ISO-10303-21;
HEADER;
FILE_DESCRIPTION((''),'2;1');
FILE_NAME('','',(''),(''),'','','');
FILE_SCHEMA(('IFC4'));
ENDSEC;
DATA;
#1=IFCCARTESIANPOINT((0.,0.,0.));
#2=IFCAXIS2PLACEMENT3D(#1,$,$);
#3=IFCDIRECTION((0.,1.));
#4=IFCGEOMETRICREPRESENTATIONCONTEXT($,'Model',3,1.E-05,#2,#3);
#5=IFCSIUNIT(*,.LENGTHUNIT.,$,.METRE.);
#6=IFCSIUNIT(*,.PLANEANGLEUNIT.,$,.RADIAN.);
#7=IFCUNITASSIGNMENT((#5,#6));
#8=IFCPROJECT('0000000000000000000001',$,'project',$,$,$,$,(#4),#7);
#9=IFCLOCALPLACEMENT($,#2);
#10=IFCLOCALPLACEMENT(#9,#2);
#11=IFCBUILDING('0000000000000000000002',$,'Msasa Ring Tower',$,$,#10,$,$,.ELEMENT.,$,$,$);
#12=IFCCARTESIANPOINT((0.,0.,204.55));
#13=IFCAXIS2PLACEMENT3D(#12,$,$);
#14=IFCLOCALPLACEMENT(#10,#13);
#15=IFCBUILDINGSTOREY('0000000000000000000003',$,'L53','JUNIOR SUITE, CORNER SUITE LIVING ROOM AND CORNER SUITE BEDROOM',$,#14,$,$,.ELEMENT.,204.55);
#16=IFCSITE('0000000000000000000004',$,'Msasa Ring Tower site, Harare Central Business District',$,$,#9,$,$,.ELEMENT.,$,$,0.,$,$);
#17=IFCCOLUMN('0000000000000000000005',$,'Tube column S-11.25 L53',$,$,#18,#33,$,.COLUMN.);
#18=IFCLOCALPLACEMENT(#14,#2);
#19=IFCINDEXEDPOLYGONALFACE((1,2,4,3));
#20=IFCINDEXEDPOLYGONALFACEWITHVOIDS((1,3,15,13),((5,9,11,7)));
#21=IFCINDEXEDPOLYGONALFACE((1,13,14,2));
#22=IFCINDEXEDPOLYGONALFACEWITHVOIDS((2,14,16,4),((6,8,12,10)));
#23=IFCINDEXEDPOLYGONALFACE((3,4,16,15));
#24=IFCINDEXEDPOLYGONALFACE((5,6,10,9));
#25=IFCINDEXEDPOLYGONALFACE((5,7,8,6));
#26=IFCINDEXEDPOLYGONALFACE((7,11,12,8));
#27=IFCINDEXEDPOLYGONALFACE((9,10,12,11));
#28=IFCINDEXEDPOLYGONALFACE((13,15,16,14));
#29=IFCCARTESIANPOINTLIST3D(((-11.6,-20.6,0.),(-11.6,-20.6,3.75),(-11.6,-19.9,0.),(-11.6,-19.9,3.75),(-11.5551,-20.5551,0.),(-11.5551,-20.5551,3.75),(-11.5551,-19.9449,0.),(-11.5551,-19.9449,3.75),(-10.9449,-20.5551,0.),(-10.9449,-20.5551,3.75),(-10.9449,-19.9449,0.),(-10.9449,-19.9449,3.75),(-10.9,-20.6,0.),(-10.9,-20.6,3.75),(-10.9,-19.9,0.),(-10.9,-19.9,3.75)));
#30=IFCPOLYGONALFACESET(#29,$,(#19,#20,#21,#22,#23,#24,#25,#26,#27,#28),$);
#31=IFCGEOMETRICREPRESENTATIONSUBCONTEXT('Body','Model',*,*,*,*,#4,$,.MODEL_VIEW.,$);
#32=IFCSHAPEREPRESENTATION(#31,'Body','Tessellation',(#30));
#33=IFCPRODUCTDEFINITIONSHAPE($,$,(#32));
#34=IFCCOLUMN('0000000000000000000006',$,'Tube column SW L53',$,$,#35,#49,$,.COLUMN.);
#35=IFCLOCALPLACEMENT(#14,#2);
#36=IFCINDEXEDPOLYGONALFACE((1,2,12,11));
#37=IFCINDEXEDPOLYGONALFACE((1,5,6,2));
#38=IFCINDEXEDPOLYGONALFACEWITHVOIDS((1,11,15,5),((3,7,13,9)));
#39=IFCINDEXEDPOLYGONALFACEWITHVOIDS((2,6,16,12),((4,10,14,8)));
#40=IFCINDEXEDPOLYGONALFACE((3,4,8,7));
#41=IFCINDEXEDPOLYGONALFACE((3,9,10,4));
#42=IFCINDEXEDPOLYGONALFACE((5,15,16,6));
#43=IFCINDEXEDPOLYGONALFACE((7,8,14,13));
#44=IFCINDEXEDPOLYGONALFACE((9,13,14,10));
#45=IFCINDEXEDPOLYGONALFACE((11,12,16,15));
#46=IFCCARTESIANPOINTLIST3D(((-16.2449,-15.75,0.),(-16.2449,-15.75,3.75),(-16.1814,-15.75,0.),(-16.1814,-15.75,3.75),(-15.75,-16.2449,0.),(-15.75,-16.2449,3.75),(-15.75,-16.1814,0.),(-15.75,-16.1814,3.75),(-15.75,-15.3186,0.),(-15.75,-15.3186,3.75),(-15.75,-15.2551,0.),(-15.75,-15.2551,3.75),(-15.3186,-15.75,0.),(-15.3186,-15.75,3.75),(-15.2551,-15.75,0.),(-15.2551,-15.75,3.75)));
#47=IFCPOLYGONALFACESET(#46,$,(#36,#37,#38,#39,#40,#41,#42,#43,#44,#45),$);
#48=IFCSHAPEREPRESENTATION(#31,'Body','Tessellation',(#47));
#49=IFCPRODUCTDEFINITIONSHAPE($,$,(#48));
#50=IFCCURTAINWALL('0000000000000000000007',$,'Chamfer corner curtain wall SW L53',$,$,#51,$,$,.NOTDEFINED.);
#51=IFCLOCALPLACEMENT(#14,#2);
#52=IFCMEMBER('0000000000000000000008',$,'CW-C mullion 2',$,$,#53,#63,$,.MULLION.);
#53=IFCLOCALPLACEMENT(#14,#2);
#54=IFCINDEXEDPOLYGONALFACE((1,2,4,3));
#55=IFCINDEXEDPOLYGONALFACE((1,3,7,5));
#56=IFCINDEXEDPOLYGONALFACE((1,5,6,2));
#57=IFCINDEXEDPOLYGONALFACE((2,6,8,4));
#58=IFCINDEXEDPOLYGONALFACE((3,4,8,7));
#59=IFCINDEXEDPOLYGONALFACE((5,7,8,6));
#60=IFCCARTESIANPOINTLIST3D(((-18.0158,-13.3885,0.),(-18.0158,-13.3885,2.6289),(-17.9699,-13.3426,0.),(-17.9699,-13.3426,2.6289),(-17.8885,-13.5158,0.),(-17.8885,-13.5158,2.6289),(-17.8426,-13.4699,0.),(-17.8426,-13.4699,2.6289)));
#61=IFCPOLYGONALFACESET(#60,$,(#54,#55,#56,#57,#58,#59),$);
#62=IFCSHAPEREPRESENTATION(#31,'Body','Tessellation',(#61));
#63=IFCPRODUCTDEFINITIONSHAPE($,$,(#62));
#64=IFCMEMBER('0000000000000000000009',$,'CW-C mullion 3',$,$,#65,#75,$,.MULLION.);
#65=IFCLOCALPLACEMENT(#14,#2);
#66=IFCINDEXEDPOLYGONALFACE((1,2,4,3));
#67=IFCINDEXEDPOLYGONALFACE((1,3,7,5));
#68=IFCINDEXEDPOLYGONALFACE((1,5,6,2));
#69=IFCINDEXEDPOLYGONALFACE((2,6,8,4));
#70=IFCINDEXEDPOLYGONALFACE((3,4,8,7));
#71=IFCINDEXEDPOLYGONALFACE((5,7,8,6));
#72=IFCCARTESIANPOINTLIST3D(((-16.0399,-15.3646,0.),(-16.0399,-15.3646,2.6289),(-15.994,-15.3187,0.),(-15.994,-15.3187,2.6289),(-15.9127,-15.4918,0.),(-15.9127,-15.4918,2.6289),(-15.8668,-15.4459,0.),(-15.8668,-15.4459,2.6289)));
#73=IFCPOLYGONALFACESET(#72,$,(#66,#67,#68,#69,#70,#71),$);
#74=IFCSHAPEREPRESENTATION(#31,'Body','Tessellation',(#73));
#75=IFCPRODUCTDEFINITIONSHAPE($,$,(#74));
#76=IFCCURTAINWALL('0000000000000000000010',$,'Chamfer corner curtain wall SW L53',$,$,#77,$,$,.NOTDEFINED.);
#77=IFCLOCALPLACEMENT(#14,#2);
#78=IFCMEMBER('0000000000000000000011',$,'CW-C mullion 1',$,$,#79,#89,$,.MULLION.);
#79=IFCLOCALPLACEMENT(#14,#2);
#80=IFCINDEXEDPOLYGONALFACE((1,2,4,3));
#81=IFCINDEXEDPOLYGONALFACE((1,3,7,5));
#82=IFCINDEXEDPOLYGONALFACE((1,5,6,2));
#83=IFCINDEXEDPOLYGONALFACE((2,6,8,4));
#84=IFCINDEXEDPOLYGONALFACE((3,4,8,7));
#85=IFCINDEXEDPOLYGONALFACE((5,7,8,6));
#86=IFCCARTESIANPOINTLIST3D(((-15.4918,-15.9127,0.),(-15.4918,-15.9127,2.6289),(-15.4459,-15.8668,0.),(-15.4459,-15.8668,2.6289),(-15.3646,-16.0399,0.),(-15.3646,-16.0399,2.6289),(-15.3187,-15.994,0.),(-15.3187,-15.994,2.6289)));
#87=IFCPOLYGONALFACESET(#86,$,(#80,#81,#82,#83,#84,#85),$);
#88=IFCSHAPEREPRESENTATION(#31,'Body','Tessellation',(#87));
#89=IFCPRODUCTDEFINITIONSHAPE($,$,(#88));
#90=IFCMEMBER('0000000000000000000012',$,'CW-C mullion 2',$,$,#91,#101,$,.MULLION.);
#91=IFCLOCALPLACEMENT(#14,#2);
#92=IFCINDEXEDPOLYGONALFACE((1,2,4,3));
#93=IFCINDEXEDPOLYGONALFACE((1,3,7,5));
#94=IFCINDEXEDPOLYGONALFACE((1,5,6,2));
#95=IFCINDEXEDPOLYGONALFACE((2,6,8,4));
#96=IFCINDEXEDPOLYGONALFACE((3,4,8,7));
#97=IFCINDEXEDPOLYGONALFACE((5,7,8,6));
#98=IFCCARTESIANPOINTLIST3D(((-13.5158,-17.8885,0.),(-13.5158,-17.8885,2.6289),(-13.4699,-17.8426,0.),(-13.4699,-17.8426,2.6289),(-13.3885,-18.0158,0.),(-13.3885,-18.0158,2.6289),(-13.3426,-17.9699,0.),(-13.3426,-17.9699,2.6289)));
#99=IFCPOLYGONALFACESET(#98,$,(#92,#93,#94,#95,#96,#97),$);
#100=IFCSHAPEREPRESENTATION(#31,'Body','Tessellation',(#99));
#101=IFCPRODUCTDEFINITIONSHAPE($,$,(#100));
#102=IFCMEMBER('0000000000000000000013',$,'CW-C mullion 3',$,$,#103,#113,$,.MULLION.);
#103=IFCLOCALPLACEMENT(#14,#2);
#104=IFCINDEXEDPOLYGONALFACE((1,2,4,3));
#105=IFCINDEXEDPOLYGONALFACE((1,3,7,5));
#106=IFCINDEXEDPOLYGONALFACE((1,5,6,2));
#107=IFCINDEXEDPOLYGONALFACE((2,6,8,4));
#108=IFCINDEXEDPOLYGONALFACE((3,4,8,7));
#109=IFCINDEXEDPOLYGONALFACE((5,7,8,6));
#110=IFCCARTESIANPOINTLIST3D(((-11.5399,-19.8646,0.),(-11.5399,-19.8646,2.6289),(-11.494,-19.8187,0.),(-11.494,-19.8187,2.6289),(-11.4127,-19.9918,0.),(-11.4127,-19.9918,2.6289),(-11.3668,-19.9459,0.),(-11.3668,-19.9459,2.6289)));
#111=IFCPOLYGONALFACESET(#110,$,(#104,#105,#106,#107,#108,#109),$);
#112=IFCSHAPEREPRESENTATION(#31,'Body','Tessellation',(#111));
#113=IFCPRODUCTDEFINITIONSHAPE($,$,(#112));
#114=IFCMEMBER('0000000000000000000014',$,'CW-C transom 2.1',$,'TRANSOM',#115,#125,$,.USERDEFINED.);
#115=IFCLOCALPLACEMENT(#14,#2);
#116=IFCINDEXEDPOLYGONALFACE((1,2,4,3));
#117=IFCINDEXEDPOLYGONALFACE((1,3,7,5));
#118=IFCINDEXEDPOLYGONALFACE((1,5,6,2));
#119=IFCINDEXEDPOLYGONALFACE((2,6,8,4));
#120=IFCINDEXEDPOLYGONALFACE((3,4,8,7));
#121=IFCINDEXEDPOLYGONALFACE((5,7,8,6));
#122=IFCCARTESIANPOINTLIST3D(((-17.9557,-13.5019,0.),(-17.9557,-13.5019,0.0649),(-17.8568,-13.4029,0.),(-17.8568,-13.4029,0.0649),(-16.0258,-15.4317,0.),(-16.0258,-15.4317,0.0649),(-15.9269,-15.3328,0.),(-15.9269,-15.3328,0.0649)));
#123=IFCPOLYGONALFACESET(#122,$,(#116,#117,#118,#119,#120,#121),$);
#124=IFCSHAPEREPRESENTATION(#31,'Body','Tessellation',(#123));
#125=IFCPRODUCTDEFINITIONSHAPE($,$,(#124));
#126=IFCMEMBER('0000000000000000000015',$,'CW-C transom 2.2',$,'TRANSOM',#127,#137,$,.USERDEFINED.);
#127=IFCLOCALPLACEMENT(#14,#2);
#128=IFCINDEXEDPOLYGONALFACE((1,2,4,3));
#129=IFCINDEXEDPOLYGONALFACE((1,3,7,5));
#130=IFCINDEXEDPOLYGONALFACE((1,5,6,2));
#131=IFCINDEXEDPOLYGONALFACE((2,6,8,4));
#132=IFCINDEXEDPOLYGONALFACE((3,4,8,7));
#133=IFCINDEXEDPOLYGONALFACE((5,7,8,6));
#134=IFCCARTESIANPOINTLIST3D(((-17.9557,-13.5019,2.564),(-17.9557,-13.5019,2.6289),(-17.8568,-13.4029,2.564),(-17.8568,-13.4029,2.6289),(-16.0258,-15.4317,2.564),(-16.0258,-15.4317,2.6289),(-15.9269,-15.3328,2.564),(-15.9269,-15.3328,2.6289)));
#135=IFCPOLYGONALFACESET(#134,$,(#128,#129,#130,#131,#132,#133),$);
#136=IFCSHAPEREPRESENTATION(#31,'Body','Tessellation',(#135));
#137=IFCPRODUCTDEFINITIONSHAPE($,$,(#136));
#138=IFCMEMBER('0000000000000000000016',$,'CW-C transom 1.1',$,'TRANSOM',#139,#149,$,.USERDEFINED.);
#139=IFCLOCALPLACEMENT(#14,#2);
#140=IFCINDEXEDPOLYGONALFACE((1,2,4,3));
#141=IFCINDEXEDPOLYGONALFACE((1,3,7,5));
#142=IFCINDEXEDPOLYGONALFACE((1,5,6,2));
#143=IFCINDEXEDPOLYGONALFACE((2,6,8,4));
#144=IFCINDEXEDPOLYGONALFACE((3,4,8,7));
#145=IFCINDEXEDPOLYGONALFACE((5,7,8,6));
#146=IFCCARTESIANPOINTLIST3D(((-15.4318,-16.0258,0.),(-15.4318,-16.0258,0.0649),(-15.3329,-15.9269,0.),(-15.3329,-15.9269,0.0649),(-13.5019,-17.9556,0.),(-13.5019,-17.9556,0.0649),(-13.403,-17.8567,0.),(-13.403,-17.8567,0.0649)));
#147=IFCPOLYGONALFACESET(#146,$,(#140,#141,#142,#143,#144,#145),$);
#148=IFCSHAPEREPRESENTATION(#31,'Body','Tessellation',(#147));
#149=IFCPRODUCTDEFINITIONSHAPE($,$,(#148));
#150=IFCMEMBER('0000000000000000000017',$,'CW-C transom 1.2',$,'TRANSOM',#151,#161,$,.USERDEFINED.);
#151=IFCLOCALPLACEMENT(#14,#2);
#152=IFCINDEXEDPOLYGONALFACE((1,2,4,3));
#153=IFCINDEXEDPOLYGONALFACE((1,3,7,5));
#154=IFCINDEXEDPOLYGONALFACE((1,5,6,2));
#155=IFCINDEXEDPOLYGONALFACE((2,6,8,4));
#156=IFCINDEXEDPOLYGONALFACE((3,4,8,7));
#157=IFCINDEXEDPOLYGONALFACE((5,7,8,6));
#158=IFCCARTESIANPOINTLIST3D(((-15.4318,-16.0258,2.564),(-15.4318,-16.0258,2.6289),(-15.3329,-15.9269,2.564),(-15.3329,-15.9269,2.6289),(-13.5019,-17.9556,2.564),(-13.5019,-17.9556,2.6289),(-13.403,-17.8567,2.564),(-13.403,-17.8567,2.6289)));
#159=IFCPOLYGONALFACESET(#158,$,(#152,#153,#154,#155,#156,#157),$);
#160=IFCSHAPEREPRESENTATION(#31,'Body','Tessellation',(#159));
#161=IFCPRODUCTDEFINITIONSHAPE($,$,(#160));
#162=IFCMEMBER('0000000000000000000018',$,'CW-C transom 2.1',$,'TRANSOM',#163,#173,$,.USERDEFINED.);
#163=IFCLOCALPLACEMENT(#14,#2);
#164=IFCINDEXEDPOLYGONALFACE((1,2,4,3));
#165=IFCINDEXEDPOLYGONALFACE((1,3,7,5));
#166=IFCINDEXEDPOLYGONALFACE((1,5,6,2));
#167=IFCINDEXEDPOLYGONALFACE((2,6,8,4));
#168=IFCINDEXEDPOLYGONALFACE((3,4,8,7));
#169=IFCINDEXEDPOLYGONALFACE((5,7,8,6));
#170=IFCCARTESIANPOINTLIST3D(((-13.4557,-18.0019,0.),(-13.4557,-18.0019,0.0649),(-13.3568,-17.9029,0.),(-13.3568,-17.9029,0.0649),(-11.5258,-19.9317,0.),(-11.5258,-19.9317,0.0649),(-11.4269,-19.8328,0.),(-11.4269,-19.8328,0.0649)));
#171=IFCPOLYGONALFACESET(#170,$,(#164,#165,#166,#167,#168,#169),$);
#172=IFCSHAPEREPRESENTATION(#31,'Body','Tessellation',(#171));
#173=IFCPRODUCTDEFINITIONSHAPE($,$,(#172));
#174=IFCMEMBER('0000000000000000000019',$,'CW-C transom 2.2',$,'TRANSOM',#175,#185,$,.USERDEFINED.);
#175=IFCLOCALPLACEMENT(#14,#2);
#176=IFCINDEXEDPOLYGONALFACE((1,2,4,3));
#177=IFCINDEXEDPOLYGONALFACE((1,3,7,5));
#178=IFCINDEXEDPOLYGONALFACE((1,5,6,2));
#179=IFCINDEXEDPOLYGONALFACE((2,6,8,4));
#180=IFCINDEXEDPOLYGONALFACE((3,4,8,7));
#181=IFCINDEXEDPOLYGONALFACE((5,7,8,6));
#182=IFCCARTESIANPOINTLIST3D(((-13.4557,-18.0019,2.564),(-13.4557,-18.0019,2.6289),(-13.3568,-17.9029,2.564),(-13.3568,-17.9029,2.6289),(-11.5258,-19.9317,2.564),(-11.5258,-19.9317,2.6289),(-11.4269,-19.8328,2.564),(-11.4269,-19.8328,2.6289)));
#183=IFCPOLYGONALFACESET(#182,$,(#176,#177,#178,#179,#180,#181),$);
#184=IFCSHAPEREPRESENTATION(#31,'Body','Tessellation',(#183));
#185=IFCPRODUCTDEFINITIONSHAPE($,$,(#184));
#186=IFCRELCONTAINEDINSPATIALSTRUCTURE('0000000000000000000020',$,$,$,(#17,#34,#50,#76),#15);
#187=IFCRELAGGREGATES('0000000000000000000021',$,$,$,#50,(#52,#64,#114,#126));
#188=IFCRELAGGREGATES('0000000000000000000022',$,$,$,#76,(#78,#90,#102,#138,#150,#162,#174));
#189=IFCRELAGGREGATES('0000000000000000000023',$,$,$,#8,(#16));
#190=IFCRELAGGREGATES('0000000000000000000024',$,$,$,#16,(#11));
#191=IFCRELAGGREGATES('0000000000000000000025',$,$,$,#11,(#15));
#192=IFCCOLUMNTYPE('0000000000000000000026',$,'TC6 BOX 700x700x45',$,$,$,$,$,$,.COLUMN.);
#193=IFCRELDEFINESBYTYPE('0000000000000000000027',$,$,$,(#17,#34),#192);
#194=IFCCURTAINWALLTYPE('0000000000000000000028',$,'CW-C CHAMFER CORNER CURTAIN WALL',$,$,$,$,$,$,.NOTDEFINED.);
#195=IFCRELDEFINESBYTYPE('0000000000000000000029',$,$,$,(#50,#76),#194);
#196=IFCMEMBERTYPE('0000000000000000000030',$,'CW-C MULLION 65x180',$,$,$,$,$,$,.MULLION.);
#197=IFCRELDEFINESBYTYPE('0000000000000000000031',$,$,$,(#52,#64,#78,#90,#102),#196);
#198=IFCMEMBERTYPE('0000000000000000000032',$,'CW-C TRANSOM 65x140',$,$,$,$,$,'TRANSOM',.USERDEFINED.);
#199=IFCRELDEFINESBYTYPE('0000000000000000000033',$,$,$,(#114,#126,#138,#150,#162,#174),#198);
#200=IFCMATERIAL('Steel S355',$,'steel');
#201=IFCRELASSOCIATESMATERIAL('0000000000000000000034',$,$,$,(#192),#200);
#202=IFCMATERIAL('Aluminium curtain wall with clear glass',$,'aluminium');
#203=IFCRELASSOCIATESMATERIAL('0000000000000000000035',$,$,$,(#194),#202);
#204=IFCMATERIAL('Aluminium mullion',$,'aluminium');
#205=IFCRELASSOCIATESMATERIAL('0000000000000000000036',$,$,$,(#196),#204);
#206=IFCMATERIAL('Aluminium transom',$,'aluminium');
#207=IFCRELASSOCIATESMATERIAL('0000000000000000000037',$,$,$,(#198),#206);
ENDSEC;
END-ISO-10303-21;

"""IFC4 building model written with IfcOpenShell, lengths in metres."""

from ifc_helpers import new_model, si_unit, direction, frame, origin, origin_2d, place, context, subcontext, project, spatial, rectangle, hollow_rectangle, extrude, material, material_profile, profile_set, type_object, element, aggregate, save


model = new_model("IFC4")

# Units and contexts
model_context = context("Model", 3, precision=1e-05, world=origin(), true_north=direction((0.0, 1.0)))
body_context = subcontext(model_context, "Body", "Model", "MODEL_VIEW")
ifc_project = project(units=[si_unit("LENGTHUNIT", "METRE"), si_unit("PLANEANGLEUNIT", "RADIAN")], contexts=[model_context])

# Site, building, storey
site_placement = place(None, origin())
site = spatial("IfcSite", under=ifc_project, at=site_placement, Name="Msasa Ring Tower site, Harare Central Business District", CompositionType="ELEMENT", RefElevation=0.0)
building_placement = place(site_placement, origin())
building = spatial("IfcBuilding", under=site, at=building_placement, Name="Msasa Ring Tower", CompositionType="ELEMENT")
storey_placement = place(building_placement, frame((0.0, 0.0, 204.55)))
storey = spatial("IfcBuildingStorey", under=building, at=storey_placement, Name="L53", Description="JUNIOR SUITE, CORNER SUITE LIVING ROOM AND CORNER SUITE BEDROOM", CompositionType="ELEMENT", Elevation=204.55)

# Columns
ifc_material_1 = material(Name="Steel S355", Category="steel")
ifc_material_profile_1 = material_profile(ifc_material_1, hollow_rectangle(XDim=0.7, YDim=0.7, WallThickness=0.0449, at=origin_2d()), Name="BOX 700x700x45")
ifc_profile_set_1 = profile_set([ifc_material_profile_1], Name="Steel S355")
column_type = type_object("IfcColumnType", Name="TC6 BOX 700x700x45", PredefinedType="COLUMN", material=ifc_profile_set_1)
for number, where, z_axis, x_axis, name in (
    (1, (-11.25, -20.25, 0.0), (0.0, 0.0, 1.0), (0.0, 1.0, 0.0), "Tube column S-11.25 L53"),
    (2, (-15.75, -15.75, 0.0), (0.0, 0.0, 1.0), (0.707107, 0.707107, 0.0), "Tube column SW L53"),
):
    element("IfcColumn", number, at=place(storey_placement, frame(where, z_axis=z_axis, x_axis=x_axis)), inside=storey, type_object=column_type, Name=name, PredefinedType="COLUMN", context=body_context, shape_type="SweptSolid", body=[
        extrude(hollow_rectangle(XDim=0.7, YDim=0.7, WallThickness=0.0449, at=origin_2d()), origin(), (0.0, 0.0, 1.0), 3.75),
    ])

# Curtain walls, members
ifc_material_2 = material(Name="Aluminium curtain wall with clear glass", Category="aluminium")
curtain_wall_type = type_object("IfcCurtainWallType", Name="CW-C CHAMFER CORNER CURTAIN WALL", PredefinedType="NOTDEFINED", material=ifc_material_2)
curtain_wall_1_placement = place(storey_placement, origin())
curtain_wall_1 = element("IfcCurtainWall", 3, at=curtain_wall_1_placement, inside=storey, type_object=curtain_wall_type, Name="Chamfer corner curtain wall SW L53", PredefinedType="NOTDEFINED")
ifc_material_3 = material(Name="Aluminium mullion", Category="aluminium")
ifc_material_profile_2 = material_profile(ifc_material_3, rectangle(XDim=0.0649, YDim=0.1799, at=origin_2d()), Name="AL 65x180")
ifc_profile_set_2 = profile_set([ifc_material_profile_2], Name="Aluminium mullion")
member_type_1 = type_object("IfcMemberType", Name="CW-C MULLION 65x180", PredefinedType="MULLION", material=ifc_profile_set_2)
member_1_placement = place(storey_placement, frame((-17.9292, -13.4292, 0.0), z_axis=(0.0, 0.0, 1.0), x_axis=(0.707107, 0.707107, 0.0)))
member_1 = element("IfcMember", 4, at=member_1_placement, type_object=member_type_1, Name="CW-C mullion 2", PredefinedType="MULLION", context=body_context, shape_type="SweptSolid", body=[
    extrude(rectangle(XDim=0.0649, YDim=0.1799, at=origin_2d()), origin(), (0.0, 0.0, 1.0), 2.6289),
])
member_2_placement = place(storey_placement, frame((-15.9534, -15.4053, 0.0), z_axis=(0.0, 0.0, 1.0), x_axis=(0.707107, 0.707107, 0.0)))
member_2 = element("IfcMember", 5, at=member_2_placement, type_object=member_type_1, Name="CW-C mullion 3", PredefinedType="MULLION", context=body_context, shape_type="SweptSolid", body=[
    extrude(rectangle(XDim=0.0649, YDim=0.1799, at=origin_2d()), origin(), (0.0, 0.0, 1.0), 2.6289),
])
curtain_wall_2_placement = place(storey_placement, origin())
curtain_wall_2 = element("IfcCurtainWall", 6, at=curtain_wall_2_placement, inside=storey, type_object=curtain_wall_type, Name="Chamfer corner curtain wall SW L53", PredefinedType="NOTDEFINED")
member_3_placement = place(storey_placement, frame((-15.4053, -15.9534, 0.0), z_axis=(0.0, 0.0, 1.0), x_axis=(0.707107, 0.707107, 0.0)))
member_3 = element("IfcMember", 7, at=member_3_placement, type_object=member_type_1, Name="CW-C mullion 1", PredefinedType="MULLION", context=body_context, shape_type="SweptSolid", body=[
    extrude(rectangle(XDim=0.0649, YDim=0.1799, at=origin_2d()), origin(), (0.0, 0.0, 1.0), 2.6289),
])
member_4_placement = place(storey_placement, frame((-13.4292, -17.9292, 0.0), z_axis=(0.0, 0.0, 1.0), x_axis=(0.707107, 0.707107, 0.0)))
member_4 = element("IfcMember", 8, at=member_4_placement, type_object=member_type_1, Name="CW-C mullion 2", PredefinedType="MULLION", context=body_context, shape_type="SweptSolid", body=[
    extrude(rectangle(XDim=0.0649, YDim=0.1799, at=origin_2d()), origin(), (0.0, 0.0, 1.0), 2.6289),
])
member_5_placement = place(storey_placement, frame((-11.4534, -19.9053, 0.0), z_axis=(0.0, 0.0, 1.0), x_axis=(0.707107, 0.707107, 0.0)))
member_5 = element("IfcMember", 9, at=member_5_placement, type_object=member_type_1, Name="CW-C mullion 3", PredefinedType="MULLION", context=body_context, shape_type="SweptSolid", body=[
    extrude(rectangle(XDim=0.0649, YDim=0.1799, at=origin_2d()), origin(), (0.0, 0.0, 1.0), 2.6289),
])

# Members
ifc_material_4 = material(Name="Aluminium transom", Category="aluminium")
ifc_material_profile_3 = material_profile(ifc_material_4, rectangle(XDim=0.1399, YDim=0.0649, at=origin_2d()), Name="AL 65x140")
ifc_profile_set_3 = profile_set([ifc_material_profile_3], Name="Aluminium transom")
member_type_2 = type_object("IfcMemberType", Name="CW-C TRANSOM 65x140", ElementType="TRANSOM", PredefinedType="USERDEFINED", material=ifc_profile_set_3)
member_6_placement = place(storey_placement, frame((-17.9062, -13.4524, 0.0325), z_axis=(0.707107, -0.707107, 0.0), x_axis=(0.707107, 0.707107, 0.0)))
member_6 = element("IfcMember", 10, at=member_6_placement, type_object=member_type_2, Name="CW-C transom 2.1", ObjectType="TRANSOM", PredefinedType="USERDEFINED", context=body_context, shape_type="SweptSolid", body=[
    extrude(rectangle(XDim=0.1399, YDim=0.0649, at=origin_2d()), origin(), (0.0, 0.0, 1.0), 2.7292),
])
member_7_placement = place(storey_placement, frame((-17.9062, -13.4524, 2.5964), z_axis=(0.707107, -0.707107, 0.0), x_axis=(0.707107, 0.707107, 0.0)))
member_7 = element("IfcMember", 11, at=member_7_placement, type_object=member_type_2, Name="CW-C transom 2.2", ObjectType="TRANSOM", PredefinedType="USERDEFINED", context=body_context, shape_type="SweptSolid", body=[
    extrude(rectangle(XDim=0.1399, YDim=0.0649, at=origin_2d()), origin(), (0.0, 0.0, 1.0), 2.7292),
])
member_8_placement = place(storey_placement, frame((-15.3823, -15.9763, 0.0325), z_axis=(0.707107, -0.707107, 0.0), x_axis=(0.707107, 0.707107, 0.0)))
member_8 = element("IfcMember", 12, at=member_8_placement, type_object=member_type_2, Name="CW-C transom 1.1", ObjectType="TRANSOM", PredefinedType="USERDEFINED", context=body_context, shape_type="SweptSolid", body=[
    extrude(rectangle(XDim=0.1399, YDim=0.0649, at=origin_2d()), origin(), (0.0, 0.0, 1.0), 2.7292),
])
member_9_placement = place(storey_placement, frame((-15.3823, -15.9763, 2.5964), z_axis=(0.707107, -0.707107, 0.0), x_axis=(0.707107, 0.707107, 0.0)))
member_9 = element("IfcMember", 13, at=member_9_placement, type_object=member_type_2, Name="CW-C transom 1.2", ObjectType="TRANSOM", PredefinedType="USERDEFINED", context=body_context, shape_type="SweptSolid", body=[
    extrude(rectangle(XDim=0.1399, YDim=0.0649, at=origin_2d()), origin(), (0.0, 0.0, 1.0), 2.7292),
])
member_10_placement = place(storey_placement, frame((-13.4062, -17.9524, 0.0325), z_axis=(0.707107, -0.707107, 0.0), x_axis=(0.707107, 0.707107, 0.0)))
member_10 = element("IfcMember", 14, at=member_10_placement, type_object=member_type_2, Name="CW-C transom 2.1", ObjectType="TRANSOM", PredefinedType="USERDEFINED", context=body_context, shape_type="SweptSolid", body=[
    extrude(rectangle(XDim=0.1399, YDim=0.0649, at=origin_2d()), origin(), (0.0, 0.0, 1.0), 2.7292),
])
member_11_placement = place(storey_placement, frame((-13.4062, -17.9524, 2.5964), z_axis=(0.707107, -0.707107, 0.0), x_axis=(0.707107, 0.707107, 0.0)))
member_11 = element("IfcMember", 15, at=member_11_placement, type_object=member_type_2, Name="CW-C transom 2.2", ObjectType="TRANSOM", PredefinedType="USERDEFINED", context=body_context, shape_type="SweptSolid", body=[
    extrude(rectangle(XDim=0.1399, YDim=0.0649, at=origin_2d()), origin(), (0.0, 0.0, 1.0), 2.7292),
])

aggregate(curtain_wall_1, [member_1, member_2, member_6, member_7])
aggregate(curtain_wall_2, [member_3, member_4, member_5, member_8, member_9, member_10, member_11])

save(model, "model.ifc")
